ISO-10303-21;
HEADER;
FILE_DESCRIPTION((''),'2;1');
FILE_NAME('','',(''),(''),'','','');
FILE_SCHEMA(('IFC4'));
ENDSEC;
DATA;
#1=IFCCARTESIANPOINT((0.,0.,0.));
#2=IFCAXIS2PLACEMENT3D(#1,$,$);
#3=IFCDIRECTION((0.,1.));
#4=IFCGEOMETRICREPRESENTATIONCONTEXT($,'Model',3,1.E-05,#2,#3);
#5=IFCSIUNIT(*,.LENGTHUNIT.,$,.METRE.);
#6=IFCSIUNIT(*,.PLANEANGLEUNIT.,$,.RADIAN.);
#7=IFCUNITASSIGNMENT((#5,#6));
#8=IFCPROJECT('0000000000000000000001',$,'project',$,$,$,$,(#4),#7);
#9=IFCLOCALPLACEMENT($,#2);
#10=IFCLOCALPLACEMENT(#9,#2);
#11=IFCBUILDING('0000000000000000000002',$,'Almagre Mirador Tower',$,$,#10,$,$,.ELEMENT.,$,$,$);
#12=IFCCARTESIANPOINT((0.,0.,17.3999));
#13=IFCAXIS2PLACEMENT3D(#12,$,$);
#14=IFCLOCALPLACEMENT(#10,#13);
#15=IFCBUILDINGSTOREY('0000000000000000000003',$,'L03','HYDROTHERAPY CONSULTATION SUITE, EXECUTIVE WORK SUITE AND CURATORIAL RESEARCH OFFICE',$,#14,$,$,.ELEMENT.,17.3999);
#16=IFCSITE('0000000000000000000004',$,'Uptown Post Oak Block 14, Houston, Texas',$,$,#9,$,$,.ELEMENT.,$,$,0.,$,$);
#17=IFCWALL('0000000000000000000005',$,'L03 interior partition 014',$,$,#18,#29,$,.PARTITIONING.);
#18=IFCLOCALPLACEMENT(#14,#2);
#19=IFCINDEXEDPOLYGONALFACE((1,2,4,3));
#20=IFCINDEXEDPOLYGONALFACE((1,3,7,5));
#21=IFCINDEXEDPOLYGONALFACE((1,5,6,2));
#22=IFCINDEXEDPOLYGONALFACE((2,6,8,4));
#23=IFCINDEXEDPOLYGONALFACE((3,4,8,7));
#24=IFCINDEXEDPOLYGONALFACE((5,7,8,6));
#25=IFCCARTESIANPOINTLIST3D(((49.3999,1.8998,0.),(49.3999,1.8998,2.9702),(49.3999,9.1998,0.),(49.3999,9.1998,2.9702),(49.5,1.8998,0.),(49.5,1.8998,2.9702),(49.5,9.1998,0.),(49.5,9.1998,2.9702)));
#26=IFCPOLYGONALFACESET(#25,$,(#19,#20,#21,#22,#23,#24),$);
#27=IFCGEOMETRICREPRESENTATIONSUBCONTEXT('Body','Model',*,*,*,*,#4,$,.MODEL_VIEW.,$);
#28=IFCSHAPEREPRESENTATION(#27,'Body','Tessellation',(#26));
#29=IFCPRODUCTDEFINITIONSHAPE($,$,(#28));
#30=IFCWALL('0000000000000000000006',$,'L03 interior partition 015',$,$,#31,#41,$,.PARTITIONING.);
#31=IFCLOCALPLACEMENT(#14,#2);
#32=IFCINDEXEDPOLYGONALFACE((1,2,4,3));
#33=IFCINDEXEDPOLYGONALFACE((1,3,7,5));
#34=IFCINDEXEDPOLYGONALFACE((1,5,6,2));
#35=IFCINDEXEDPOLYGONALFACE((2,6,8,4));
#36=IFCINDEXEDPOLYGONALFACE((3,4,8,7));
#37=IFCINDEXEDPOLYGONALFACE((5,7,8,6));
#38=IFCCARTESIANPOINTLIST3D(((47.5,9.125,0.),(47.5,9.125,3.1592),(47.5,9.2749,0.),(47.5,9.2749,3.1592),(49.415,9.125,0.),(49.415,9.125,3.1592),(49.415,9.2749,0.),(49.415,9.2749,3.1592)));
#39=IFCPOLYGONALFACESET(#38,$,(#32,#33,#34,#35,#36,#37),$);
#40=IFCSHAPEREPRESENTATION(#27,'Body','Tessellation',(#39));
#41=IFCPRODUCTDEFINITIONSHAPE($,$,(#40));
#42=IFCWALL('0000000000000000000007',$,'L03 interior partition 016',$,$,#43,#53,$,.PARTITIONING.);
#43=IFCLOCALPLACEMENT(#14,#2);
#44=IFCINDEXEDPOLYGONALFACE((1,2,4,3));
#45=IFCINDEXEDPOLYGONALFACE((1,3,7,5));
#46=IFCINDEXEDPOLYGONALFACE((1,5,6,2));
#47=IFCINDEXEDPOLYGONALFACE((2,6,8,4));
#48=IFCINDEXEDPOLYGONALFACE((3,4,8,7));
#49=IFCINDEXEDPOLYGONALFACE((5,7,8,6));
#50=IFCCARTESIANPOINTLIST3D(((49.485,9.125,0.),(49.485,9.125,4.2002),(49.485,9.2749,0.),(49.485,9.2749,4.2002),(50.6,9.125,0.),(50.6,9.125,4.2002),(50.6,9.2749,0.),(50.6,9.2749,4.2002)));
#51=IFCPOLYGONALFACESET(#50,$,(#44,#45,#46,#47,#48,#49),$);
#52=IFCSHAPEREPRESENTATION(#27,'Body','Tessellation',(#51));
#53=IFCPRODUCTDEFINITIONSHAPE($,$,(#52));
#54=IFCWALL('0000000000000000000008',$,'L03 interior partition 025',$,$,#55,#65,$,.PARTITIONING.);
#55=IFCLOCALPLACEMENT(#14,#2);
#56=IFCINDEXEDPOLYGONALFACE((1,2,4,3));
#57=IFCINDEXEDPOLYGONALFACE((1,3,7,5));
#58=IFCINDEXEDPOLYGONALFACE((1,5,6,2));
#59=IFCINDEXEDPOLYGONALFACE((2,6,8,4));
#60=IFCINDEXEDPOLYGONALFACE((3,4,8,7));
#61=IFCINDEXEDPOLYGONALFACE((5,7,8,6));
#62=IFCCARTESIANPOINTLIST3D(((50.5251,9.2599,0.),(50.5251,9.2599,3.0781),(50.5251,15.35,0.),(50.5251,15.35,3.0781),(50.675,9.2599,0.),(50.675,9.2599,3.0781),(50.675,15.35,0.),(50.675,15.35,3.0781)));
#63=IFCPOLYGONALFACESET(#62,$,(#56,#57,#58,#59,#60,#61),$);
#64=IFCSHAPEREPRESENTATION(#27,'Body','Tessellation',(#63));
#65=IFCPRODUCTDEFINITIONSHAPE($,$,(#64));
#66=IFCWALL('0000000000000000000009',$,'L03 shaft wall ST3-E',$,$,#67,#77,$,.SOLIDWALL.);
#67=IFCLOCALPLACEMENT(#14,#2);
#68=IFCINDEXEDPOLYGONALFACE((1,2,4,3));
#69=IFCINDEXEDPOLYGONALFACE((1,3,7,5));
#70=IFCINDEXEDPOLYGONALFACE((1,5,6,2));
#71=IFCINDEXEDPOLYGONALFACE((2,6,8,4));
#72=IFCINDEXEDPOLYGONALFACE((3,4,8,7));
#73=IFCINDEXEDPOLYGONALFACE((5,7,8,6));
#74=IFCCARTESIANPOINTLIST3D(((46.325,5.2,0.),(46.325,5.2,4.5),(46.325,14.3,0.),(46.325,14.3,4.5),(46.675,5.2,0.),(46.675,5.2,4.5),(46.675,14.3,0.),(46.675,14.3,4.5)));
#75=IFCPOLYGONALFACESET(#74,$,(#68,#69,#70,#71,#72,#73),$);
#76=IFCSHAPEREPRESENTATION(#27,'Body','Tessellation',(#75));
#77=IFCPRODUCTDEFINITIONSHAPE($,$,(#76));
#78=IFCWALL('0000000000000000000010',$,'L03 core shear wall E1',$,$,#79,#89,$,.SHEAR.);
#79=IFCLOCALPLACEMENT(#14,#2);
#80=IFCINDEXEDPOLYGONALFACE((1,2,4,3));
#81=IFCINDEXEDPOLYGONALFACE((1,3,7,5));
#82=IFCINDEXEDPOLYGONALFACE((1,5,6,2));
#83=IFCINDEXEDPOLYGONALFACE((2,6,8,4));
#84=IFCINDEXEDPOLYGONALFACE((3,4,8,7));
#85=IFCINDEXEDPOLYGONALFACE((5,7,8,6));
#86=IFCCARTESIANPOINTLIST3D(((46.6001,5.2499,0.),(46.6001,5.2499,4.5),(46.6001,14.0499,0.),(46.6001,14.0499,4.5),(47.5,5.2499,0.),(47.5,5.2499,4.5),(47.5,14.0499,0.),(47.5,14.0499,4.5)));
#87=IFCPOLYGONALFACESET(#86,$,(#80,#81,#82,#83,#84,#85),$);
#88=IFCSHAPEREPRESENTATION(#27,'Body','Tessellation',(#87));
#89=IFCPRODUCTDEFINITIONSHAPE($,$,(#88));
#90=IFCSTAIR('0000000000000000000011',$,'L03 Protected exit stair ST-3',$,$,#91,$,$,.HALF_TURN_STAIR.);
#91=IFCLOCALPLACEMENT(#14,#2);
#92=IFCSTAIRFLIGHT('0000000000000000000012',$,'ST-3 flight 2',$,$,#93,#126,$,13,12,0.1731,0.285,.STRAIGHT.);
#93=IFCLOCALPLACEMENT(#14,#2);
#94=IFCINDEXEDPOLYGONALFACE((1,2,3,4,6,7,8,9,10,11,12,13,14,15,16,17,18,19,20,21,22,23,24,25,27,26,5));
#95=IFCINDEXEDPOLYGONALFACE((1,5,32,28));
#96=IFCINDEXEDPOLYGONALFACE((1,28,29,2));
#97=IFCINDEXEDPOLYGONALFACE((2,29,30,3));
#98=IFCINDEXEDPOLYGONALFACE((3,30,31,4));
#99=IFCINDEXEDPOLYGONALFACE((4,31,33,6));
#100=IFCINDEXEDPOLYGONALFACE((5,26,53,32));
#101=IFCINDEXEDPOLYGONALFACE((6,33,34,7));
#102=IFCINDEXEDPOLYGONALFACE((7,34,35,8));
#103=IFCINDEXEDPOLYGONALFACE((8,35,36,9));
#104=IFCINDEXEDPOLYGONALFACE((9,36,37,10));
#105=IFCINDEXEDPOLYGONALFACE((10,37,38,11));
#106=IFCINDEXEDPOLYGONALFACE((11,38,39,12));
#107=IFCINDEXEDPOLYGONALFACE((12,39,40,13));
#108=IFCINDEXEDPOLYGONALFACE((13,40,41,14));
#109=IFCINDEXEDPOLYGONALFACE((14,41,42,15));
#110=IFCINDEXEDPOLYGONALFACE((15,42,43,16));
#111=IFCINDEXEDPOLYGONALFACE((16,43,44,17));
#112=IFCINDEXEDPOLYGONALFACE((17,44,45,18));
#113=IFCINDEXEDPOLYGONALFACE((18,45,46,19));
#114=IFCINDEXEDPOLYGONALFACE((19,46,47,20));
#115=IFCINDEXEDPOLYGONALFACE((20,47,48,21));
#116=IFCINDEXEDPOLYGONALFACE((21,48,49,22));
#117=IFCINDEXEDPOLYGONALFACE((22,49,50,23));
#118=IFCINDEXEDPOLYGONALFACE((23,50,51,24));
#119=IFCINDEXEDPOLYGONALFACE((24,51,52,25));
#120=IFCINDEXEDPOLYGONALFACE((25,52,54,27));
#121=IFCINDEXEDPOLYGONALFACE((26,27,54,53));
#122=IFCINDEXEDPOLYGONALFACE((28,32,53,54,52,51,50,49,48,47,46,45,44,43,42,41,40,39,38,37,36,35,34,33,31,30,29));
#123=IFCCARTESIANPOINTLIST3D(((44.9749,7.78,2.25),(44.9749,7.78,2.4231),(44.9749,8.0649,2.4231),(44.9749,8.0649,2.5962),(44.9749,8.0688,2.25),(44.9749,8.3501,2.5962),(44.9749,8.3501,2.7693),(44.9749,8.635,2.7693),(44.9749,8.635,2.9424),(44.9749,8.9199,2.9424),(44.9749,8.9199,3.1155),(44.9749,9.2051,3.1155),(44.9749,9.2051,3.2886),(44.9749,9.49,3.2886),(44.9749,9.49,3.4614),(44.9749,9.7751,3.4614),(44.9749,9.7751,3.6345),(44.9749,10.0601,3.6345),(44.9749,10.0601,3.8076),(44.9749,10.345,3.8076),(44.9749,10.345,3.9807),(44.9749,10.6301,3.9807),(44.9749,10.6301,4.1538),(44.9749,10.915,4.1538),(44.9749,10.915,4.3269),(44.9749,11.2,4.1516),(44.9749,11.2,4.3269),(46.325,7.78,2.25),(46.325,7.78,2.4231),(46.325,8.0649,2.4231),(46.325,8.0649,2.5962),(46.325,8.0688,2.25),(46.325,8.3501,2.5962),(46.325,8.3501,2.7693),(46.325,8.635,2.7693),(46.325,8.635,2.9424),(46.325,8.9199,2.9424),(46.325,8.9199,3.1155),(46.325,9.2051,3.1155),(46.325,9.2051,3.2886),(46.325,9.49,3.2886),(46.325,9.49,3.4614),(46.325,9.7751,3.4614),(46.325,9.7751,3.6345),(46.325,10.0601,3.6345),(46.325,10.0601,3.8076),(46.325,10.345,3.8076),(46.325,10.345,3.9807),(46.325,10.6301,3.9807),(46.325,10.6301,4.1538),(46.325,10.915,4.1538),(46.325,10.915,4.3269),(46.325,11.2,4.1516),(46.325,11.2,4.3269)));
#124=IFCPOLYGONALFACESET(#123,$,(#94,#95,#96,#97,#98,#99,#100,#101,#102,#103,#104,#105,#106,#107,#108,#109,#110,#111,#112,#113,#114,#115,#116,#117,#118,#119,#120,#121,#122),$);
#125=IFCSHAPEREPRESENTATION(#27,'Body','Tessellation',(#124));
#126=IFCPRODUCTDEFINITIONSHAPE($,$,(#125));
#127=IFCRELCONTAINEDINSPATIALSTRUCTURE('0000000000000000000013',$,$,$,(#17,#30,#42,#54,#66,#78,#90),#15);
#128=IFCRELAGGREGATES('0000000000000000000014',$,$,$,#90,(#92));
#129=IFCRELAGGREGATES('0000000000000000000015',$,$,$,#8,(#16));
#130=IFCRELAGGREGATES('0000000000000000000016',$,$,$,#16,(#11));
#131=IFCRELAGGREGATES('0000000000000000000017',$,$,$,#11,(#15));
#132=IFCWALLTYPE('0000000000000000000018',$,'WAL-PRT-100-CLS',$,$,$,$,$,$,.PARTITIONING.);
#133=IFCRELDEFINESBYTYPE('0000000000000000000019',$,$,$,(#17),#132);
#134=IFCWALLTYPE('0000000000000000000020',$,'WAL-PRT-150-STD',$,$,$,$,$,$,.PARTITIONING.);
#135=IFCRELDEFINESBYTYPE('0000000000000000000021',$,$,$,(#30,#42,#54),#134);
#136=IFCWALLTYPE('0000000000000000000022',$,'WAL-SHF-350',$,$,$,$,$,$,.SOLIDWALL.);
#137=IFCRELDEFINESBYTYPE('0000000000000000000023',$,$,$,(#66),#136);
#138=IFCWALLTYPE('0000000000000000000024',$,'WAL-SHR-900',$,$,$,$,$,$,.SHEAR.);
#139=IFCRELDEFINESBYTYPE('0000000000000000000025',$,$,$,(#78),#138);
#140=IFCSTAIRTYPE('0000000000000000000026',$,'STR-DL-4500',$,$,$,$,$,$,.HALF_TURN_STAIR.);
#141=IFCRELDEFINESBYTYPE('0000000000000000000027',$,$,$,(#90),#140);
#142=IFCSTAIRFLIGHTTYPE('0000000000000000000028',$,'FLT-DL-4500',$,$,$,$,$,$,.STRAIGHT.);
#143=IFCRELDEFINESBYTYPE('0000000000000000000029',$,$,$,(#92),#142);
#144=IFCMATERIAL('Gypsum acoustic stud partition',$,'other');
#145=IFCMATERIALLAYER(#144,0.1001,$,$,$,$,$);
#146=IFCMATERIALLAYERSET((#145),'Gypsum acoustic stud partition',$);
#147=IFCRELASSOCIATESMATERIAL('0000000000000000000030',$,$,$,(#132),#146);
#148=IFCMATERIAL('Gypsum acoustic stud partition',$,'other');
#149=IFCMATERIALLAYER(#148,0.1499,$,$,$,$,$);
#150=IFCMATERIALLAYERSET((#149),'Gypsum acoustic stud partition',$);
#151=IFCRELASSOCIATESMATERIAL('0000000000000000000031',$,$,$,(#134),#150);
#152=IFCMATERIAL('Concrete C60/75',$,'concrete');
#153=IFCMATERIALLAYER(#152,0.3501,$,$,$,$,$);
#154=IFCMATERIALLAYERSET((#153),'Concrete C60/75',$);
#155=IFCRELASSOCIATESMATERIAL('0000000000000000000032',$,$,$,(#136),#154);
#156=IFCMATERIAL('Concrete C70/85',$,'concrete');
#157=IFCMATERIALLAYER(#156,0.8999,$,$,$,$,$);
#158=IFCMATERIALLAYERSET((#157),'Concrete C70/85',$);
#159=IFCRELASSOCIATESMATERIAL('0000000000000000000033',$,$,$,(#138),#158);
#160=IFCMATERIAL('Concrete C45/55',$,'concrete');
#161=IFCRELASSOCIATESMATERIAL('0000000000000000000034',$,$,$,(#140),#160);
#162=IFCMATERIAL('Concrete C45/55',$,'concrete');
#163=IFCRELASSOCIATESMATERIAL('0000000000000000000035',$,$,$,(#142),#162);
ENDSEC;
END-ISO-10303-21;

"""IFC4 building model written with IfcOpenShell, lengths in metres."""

from ifc_helpers import new_model, si_unit, direction, frame, frame_2d, origin, place, context, subcontext, project, spatial, polyline, rectangle, outline, extrude, material, layer, layer_set, type_object, element, aggregate, save


model = new_model("IFC4")

# Units and contexts
model_context = context("Model", 3, precision=1e-05, world=origin(), true_north=direction((0.0, 1.0)))
body_context = subcontext(model_context, "Body", "Model", "MODEL_VIEW")
ifc_project = project(units=[si_unit("LENGTHUNIT", "METRE"), si_unit("PLANEANGLEUNIT", "RADIAN")], contexts=[model_context])

# Site, building, storey
site_placement = place(None, origin())
site = spatial("IfcSite", under=ifc_project, at=site_placement, Name="Uptown Post Oak Block 14, Houston, Texas", CompositionType="ELEMENT", RefElevation=0.0)
building_placement = place(site_placement, origin())
building = spatial("IfcBuilding", under=site, at=building_placement, Name="Almagre Mirador Tower", CompositionType="ELEMENT")
storey_placement = place(building_placement, frame((0.0, 0.0, 17.3999)))
storey = spatial("IfcBuildingStorey", under=building, at=storey_placement, Name="L03", Description="HYDROTHERAPY CONSULTATION SUITE, EXECUTIVE WORK SUITE AND CURATORIAL RESEARCH OFFICE", CompositionType="ELEMENT", Elevation=17.3999)

# Walls
ifc_material_1 = material(Name="Gypsum acoustic stud partition", Category="other")
ifc_layer_1 = layer(ifc_material_1, 0.1001)
ifc_layer_set_1 = layer_set([ifc_layer_1], Name="Gypsum acoustic stud partition")
wall_type_1 = type_object("IfcWallType", Name="WAL-PRT-100-CLS", PredefinedType="PARTITIONING", material=ifc_layer_set_1)
wall_1_placement = place(storey_placement, frame((49.45, 1.8999, 0.0), z_axis=(0.0, 0.0, 1.0), x_axis=(0.0, 1.0, 0.0)))
element("IfcWall", 1, at=wall_1_placement, inside=storey, type_object=wall_type_1, Name="L03 interior partition 014", PredefinedType="PARTITIONING", context=body_context, shape_type="SweptSolid", body=[
    extrude(rectangle(XDim=7.3, YDim=0.1001, at=frame_2d((3.6499, 0.0))), origin(), (0.0, 0.0, 1.0), 2.9702),
])
ifc_material_2 = material(Name="Gypsum acoustic stud partition", Category="other")
ifc_layer_2 = layer(ifc_material_2, 0.1499)
ifc_layer_set_2 = layer_set([ifc_layer_2], Name="Gypsum acoustic stud partition")
wall_type_2 = type_object("IfcWallType", Name="WAL-PRT-150-STD", PredefinedType="PARTITIONING", material=ifc_layer_set_2)
wall_2_placement = place(storey_placement, frame((49.415, 9.2, 0.0), z_axis=(0.0, 0.0, 1.0), x_axis=(-1.0, 0.0, 0.0)))
element("IfcWall", 2, at=wall_2_placement, inside=storey, type_object=wall_type_2, Name="L03 interior partition 015", PredefinedType="PARTITIONING", context=body_context, shape_type="SweptSolid", body=[
    extrude(rectangle(XDim=1.915, YDim=0.1499, at=frame_2d((0.9575, 0.0))), origin(), (0.0, 0.0, 1.0), 3.1592),
])
wall_3_placement = place(storey_placement, frame((50.6001, 9.2, 0.0), z_axis=(0.0, 0.0, 1.0), x_axis=(-1.0, 0.0, 0.0)))
element("IfcWall", 3, at=wall_3_placement, inside=storey, type_object=wall_type_2, Name="L03 interior partition 016", PredefinedType="PARTITIONING", context=body_context, shape_type="SweptSolid", body=[
    extrude(rectangle(XDim=1.115, YDim=0.1499, at=frame_2d((0.5576, 0.0))), origin(), (0.0, 0.0, 1.0), 4.2002),
])
wall_4_placement = place(storey_placement, frame((50.6001, 9.26, 0.0), z_axis=(0.0, 0.0, 1.0), x_axis=(0.0, 1.0, 0.0)))
element("IfcWall", 4, at=wall_4_placement, inside=storey, type_object=wall_type_2, Name="L03 interior partition 025", PredefinedType="PARTITIONING", context=body_context, shape_type="SweptSolid", body=[
    extrude(rectangle(XDim=6.0901, YDim=0.1499, at=frame_2d((3.0449, 0.0))), origin(), (0.0, 0.0, 1.0), 3.0781),
])
ifc_material_3 = material(Name="Concrete C60/75", Category="concrete")
ifc_layer_3 = layer(ifc_material_3, 0.3501)
ifc_layer_set_3 = layer_set([ifc_layer_3], Name="Concrete C60/75")
wall_type_3 = type_object("IfcWallType", Name="WAL-SHF-350", PredefinedType="SOLIDWALL", material=ifc_layer_set_3)
wall_5_placement = place(storey_placement, frame((46.5, 5.2, 0.0), z_axis=(0.0, 0.0, 1.0), x_axis=(0.0, 1.0, 0.0)))
element("IfcWall", 5, at=wall_5_placement, inside=storey, type_object=wall_type_3, Name="L03 shaft wall ST3-E", PredefinedType="SOLIDWALL", context=body_context, shape_type="SweptSolid", body=[
    extrude(rectangle(XDim=9.1001, YDim=0.3501, at=frame_2d((4.55, 0.0))), origin(), (0.0, 0.0, 1.0), 4.5),
])
ifc_material_4 = material(Name="Concrete C70/85", Category="concrete")
ifc_layer_4 = layer(ifc_material_4, 0.8999)
ifc_layer_set_4 = layer_set([ifc_layer_4], Name="Concrete C70/85")
wall_type_4 = type_object("IfcWallType", Name="WAL-SHR-900", PredefinedType="SHEAR", material=ifc_layer_set_4)
wall_6_placement = place(storey_placement, frame((47.05, 5.25, 0.0), z_axis=(0.0, 0.0, 1.0), x_axis=(0.0, 1.0, 0.0)))
element("IfcWall", 6, at=wall_6_placement, inside=storey, type_object=wall_type_4, Name="L03 core shear wall E1", PredefinedType="SHEAR", context=body_context, shape_type="SweptSolid", body=[
    extrude(rectangle(XDim=8.8, YDim=0.8999, at=frame_2d((4.3999, 0.0))), origin(), (0.0, 0.0, 1.0), 4.5),
])

# Stair, stair flight
ifc_material_5 = material(Name="Concrete C45/55", Category="concrete")
stair_type = type_object("IfcStairType", Name="STR-DL-4500", PredefinedType="HALF_TURN_STAIR", material=ifc_material_5)
stair_placement = place(storey_placement, origin())
stair = element("IfcStair", 7, at=stair_placement, inside=storey, type_object=stair_type, Name="L03 Protected exit stair ST-3", PredefinedType="HALF_TURN_STAIR")
ifc_material_6 = material(Name="Concrete C45/55", Category="concrete")
stair_flight_type = type_object("IfcStairFlightType", Name="FLT-DL-4500", PredefinedType="STRAIGHT", material=ifc_material_6)
stair_flight_placement = place(storey_placement, frame((45.6499, 7.78, 2.25), z_axis=(0.0, 0.0, 1.0), x_axis=(0.0, 1.0, 0.0)))
stair_flight = element("IfcStairFlight", 8, at=stair_flight_placement, type_object=stair_flight_type, Name="ST-3 flight 2", NumberOfRisers=13, NumberOfTreads=12, PredefinedType="STRAIGHT", RiserHeight=0.1731, TreadLength=0.285, context=body_context, shape_type="SweptSolid", body=[
    extrude(outline(polyline([(0.0, 0.0), (0.0, 0.1731), (0.2849, 0.1731), (0.2849, 0.3462), (0.5701, 0.3462), (0.5701, 0.5193), (0.855, 0.5193), (0.855, 0.6924), (1.1399, 0.6924), (1.1399, 0.8655), (1.425, 0.8655), (1.425, 1.0386), (1.71, 1.0386), (1.71, 1.2114), (1.9951, 1.2114), (1.9951, 1.3845), (2.28, 1.3845), (2.28, 1.5576), (2.5649, 1.5576), (2.5649, 1.7307), (2.8501, 1.7307), (2.8501, 1.9038), (3.135, 1.9038), (3.135, 2.0769), (3.4199, 2.0769), (3.4199, 2.25), (3.4199, 1.9016), (0.2888, 0.0), (0.0, 0.0)])), frame((0.0, 0.675, 0.0), z_axis=(0.0, -1.0, 0.0), x_axis=(1.0, 0.0, 0.0)), (0.0, 0.0, 1.0), 1.3501),
])
aggregate(stair, [stair_flight])

save(model, "model.ifc")
